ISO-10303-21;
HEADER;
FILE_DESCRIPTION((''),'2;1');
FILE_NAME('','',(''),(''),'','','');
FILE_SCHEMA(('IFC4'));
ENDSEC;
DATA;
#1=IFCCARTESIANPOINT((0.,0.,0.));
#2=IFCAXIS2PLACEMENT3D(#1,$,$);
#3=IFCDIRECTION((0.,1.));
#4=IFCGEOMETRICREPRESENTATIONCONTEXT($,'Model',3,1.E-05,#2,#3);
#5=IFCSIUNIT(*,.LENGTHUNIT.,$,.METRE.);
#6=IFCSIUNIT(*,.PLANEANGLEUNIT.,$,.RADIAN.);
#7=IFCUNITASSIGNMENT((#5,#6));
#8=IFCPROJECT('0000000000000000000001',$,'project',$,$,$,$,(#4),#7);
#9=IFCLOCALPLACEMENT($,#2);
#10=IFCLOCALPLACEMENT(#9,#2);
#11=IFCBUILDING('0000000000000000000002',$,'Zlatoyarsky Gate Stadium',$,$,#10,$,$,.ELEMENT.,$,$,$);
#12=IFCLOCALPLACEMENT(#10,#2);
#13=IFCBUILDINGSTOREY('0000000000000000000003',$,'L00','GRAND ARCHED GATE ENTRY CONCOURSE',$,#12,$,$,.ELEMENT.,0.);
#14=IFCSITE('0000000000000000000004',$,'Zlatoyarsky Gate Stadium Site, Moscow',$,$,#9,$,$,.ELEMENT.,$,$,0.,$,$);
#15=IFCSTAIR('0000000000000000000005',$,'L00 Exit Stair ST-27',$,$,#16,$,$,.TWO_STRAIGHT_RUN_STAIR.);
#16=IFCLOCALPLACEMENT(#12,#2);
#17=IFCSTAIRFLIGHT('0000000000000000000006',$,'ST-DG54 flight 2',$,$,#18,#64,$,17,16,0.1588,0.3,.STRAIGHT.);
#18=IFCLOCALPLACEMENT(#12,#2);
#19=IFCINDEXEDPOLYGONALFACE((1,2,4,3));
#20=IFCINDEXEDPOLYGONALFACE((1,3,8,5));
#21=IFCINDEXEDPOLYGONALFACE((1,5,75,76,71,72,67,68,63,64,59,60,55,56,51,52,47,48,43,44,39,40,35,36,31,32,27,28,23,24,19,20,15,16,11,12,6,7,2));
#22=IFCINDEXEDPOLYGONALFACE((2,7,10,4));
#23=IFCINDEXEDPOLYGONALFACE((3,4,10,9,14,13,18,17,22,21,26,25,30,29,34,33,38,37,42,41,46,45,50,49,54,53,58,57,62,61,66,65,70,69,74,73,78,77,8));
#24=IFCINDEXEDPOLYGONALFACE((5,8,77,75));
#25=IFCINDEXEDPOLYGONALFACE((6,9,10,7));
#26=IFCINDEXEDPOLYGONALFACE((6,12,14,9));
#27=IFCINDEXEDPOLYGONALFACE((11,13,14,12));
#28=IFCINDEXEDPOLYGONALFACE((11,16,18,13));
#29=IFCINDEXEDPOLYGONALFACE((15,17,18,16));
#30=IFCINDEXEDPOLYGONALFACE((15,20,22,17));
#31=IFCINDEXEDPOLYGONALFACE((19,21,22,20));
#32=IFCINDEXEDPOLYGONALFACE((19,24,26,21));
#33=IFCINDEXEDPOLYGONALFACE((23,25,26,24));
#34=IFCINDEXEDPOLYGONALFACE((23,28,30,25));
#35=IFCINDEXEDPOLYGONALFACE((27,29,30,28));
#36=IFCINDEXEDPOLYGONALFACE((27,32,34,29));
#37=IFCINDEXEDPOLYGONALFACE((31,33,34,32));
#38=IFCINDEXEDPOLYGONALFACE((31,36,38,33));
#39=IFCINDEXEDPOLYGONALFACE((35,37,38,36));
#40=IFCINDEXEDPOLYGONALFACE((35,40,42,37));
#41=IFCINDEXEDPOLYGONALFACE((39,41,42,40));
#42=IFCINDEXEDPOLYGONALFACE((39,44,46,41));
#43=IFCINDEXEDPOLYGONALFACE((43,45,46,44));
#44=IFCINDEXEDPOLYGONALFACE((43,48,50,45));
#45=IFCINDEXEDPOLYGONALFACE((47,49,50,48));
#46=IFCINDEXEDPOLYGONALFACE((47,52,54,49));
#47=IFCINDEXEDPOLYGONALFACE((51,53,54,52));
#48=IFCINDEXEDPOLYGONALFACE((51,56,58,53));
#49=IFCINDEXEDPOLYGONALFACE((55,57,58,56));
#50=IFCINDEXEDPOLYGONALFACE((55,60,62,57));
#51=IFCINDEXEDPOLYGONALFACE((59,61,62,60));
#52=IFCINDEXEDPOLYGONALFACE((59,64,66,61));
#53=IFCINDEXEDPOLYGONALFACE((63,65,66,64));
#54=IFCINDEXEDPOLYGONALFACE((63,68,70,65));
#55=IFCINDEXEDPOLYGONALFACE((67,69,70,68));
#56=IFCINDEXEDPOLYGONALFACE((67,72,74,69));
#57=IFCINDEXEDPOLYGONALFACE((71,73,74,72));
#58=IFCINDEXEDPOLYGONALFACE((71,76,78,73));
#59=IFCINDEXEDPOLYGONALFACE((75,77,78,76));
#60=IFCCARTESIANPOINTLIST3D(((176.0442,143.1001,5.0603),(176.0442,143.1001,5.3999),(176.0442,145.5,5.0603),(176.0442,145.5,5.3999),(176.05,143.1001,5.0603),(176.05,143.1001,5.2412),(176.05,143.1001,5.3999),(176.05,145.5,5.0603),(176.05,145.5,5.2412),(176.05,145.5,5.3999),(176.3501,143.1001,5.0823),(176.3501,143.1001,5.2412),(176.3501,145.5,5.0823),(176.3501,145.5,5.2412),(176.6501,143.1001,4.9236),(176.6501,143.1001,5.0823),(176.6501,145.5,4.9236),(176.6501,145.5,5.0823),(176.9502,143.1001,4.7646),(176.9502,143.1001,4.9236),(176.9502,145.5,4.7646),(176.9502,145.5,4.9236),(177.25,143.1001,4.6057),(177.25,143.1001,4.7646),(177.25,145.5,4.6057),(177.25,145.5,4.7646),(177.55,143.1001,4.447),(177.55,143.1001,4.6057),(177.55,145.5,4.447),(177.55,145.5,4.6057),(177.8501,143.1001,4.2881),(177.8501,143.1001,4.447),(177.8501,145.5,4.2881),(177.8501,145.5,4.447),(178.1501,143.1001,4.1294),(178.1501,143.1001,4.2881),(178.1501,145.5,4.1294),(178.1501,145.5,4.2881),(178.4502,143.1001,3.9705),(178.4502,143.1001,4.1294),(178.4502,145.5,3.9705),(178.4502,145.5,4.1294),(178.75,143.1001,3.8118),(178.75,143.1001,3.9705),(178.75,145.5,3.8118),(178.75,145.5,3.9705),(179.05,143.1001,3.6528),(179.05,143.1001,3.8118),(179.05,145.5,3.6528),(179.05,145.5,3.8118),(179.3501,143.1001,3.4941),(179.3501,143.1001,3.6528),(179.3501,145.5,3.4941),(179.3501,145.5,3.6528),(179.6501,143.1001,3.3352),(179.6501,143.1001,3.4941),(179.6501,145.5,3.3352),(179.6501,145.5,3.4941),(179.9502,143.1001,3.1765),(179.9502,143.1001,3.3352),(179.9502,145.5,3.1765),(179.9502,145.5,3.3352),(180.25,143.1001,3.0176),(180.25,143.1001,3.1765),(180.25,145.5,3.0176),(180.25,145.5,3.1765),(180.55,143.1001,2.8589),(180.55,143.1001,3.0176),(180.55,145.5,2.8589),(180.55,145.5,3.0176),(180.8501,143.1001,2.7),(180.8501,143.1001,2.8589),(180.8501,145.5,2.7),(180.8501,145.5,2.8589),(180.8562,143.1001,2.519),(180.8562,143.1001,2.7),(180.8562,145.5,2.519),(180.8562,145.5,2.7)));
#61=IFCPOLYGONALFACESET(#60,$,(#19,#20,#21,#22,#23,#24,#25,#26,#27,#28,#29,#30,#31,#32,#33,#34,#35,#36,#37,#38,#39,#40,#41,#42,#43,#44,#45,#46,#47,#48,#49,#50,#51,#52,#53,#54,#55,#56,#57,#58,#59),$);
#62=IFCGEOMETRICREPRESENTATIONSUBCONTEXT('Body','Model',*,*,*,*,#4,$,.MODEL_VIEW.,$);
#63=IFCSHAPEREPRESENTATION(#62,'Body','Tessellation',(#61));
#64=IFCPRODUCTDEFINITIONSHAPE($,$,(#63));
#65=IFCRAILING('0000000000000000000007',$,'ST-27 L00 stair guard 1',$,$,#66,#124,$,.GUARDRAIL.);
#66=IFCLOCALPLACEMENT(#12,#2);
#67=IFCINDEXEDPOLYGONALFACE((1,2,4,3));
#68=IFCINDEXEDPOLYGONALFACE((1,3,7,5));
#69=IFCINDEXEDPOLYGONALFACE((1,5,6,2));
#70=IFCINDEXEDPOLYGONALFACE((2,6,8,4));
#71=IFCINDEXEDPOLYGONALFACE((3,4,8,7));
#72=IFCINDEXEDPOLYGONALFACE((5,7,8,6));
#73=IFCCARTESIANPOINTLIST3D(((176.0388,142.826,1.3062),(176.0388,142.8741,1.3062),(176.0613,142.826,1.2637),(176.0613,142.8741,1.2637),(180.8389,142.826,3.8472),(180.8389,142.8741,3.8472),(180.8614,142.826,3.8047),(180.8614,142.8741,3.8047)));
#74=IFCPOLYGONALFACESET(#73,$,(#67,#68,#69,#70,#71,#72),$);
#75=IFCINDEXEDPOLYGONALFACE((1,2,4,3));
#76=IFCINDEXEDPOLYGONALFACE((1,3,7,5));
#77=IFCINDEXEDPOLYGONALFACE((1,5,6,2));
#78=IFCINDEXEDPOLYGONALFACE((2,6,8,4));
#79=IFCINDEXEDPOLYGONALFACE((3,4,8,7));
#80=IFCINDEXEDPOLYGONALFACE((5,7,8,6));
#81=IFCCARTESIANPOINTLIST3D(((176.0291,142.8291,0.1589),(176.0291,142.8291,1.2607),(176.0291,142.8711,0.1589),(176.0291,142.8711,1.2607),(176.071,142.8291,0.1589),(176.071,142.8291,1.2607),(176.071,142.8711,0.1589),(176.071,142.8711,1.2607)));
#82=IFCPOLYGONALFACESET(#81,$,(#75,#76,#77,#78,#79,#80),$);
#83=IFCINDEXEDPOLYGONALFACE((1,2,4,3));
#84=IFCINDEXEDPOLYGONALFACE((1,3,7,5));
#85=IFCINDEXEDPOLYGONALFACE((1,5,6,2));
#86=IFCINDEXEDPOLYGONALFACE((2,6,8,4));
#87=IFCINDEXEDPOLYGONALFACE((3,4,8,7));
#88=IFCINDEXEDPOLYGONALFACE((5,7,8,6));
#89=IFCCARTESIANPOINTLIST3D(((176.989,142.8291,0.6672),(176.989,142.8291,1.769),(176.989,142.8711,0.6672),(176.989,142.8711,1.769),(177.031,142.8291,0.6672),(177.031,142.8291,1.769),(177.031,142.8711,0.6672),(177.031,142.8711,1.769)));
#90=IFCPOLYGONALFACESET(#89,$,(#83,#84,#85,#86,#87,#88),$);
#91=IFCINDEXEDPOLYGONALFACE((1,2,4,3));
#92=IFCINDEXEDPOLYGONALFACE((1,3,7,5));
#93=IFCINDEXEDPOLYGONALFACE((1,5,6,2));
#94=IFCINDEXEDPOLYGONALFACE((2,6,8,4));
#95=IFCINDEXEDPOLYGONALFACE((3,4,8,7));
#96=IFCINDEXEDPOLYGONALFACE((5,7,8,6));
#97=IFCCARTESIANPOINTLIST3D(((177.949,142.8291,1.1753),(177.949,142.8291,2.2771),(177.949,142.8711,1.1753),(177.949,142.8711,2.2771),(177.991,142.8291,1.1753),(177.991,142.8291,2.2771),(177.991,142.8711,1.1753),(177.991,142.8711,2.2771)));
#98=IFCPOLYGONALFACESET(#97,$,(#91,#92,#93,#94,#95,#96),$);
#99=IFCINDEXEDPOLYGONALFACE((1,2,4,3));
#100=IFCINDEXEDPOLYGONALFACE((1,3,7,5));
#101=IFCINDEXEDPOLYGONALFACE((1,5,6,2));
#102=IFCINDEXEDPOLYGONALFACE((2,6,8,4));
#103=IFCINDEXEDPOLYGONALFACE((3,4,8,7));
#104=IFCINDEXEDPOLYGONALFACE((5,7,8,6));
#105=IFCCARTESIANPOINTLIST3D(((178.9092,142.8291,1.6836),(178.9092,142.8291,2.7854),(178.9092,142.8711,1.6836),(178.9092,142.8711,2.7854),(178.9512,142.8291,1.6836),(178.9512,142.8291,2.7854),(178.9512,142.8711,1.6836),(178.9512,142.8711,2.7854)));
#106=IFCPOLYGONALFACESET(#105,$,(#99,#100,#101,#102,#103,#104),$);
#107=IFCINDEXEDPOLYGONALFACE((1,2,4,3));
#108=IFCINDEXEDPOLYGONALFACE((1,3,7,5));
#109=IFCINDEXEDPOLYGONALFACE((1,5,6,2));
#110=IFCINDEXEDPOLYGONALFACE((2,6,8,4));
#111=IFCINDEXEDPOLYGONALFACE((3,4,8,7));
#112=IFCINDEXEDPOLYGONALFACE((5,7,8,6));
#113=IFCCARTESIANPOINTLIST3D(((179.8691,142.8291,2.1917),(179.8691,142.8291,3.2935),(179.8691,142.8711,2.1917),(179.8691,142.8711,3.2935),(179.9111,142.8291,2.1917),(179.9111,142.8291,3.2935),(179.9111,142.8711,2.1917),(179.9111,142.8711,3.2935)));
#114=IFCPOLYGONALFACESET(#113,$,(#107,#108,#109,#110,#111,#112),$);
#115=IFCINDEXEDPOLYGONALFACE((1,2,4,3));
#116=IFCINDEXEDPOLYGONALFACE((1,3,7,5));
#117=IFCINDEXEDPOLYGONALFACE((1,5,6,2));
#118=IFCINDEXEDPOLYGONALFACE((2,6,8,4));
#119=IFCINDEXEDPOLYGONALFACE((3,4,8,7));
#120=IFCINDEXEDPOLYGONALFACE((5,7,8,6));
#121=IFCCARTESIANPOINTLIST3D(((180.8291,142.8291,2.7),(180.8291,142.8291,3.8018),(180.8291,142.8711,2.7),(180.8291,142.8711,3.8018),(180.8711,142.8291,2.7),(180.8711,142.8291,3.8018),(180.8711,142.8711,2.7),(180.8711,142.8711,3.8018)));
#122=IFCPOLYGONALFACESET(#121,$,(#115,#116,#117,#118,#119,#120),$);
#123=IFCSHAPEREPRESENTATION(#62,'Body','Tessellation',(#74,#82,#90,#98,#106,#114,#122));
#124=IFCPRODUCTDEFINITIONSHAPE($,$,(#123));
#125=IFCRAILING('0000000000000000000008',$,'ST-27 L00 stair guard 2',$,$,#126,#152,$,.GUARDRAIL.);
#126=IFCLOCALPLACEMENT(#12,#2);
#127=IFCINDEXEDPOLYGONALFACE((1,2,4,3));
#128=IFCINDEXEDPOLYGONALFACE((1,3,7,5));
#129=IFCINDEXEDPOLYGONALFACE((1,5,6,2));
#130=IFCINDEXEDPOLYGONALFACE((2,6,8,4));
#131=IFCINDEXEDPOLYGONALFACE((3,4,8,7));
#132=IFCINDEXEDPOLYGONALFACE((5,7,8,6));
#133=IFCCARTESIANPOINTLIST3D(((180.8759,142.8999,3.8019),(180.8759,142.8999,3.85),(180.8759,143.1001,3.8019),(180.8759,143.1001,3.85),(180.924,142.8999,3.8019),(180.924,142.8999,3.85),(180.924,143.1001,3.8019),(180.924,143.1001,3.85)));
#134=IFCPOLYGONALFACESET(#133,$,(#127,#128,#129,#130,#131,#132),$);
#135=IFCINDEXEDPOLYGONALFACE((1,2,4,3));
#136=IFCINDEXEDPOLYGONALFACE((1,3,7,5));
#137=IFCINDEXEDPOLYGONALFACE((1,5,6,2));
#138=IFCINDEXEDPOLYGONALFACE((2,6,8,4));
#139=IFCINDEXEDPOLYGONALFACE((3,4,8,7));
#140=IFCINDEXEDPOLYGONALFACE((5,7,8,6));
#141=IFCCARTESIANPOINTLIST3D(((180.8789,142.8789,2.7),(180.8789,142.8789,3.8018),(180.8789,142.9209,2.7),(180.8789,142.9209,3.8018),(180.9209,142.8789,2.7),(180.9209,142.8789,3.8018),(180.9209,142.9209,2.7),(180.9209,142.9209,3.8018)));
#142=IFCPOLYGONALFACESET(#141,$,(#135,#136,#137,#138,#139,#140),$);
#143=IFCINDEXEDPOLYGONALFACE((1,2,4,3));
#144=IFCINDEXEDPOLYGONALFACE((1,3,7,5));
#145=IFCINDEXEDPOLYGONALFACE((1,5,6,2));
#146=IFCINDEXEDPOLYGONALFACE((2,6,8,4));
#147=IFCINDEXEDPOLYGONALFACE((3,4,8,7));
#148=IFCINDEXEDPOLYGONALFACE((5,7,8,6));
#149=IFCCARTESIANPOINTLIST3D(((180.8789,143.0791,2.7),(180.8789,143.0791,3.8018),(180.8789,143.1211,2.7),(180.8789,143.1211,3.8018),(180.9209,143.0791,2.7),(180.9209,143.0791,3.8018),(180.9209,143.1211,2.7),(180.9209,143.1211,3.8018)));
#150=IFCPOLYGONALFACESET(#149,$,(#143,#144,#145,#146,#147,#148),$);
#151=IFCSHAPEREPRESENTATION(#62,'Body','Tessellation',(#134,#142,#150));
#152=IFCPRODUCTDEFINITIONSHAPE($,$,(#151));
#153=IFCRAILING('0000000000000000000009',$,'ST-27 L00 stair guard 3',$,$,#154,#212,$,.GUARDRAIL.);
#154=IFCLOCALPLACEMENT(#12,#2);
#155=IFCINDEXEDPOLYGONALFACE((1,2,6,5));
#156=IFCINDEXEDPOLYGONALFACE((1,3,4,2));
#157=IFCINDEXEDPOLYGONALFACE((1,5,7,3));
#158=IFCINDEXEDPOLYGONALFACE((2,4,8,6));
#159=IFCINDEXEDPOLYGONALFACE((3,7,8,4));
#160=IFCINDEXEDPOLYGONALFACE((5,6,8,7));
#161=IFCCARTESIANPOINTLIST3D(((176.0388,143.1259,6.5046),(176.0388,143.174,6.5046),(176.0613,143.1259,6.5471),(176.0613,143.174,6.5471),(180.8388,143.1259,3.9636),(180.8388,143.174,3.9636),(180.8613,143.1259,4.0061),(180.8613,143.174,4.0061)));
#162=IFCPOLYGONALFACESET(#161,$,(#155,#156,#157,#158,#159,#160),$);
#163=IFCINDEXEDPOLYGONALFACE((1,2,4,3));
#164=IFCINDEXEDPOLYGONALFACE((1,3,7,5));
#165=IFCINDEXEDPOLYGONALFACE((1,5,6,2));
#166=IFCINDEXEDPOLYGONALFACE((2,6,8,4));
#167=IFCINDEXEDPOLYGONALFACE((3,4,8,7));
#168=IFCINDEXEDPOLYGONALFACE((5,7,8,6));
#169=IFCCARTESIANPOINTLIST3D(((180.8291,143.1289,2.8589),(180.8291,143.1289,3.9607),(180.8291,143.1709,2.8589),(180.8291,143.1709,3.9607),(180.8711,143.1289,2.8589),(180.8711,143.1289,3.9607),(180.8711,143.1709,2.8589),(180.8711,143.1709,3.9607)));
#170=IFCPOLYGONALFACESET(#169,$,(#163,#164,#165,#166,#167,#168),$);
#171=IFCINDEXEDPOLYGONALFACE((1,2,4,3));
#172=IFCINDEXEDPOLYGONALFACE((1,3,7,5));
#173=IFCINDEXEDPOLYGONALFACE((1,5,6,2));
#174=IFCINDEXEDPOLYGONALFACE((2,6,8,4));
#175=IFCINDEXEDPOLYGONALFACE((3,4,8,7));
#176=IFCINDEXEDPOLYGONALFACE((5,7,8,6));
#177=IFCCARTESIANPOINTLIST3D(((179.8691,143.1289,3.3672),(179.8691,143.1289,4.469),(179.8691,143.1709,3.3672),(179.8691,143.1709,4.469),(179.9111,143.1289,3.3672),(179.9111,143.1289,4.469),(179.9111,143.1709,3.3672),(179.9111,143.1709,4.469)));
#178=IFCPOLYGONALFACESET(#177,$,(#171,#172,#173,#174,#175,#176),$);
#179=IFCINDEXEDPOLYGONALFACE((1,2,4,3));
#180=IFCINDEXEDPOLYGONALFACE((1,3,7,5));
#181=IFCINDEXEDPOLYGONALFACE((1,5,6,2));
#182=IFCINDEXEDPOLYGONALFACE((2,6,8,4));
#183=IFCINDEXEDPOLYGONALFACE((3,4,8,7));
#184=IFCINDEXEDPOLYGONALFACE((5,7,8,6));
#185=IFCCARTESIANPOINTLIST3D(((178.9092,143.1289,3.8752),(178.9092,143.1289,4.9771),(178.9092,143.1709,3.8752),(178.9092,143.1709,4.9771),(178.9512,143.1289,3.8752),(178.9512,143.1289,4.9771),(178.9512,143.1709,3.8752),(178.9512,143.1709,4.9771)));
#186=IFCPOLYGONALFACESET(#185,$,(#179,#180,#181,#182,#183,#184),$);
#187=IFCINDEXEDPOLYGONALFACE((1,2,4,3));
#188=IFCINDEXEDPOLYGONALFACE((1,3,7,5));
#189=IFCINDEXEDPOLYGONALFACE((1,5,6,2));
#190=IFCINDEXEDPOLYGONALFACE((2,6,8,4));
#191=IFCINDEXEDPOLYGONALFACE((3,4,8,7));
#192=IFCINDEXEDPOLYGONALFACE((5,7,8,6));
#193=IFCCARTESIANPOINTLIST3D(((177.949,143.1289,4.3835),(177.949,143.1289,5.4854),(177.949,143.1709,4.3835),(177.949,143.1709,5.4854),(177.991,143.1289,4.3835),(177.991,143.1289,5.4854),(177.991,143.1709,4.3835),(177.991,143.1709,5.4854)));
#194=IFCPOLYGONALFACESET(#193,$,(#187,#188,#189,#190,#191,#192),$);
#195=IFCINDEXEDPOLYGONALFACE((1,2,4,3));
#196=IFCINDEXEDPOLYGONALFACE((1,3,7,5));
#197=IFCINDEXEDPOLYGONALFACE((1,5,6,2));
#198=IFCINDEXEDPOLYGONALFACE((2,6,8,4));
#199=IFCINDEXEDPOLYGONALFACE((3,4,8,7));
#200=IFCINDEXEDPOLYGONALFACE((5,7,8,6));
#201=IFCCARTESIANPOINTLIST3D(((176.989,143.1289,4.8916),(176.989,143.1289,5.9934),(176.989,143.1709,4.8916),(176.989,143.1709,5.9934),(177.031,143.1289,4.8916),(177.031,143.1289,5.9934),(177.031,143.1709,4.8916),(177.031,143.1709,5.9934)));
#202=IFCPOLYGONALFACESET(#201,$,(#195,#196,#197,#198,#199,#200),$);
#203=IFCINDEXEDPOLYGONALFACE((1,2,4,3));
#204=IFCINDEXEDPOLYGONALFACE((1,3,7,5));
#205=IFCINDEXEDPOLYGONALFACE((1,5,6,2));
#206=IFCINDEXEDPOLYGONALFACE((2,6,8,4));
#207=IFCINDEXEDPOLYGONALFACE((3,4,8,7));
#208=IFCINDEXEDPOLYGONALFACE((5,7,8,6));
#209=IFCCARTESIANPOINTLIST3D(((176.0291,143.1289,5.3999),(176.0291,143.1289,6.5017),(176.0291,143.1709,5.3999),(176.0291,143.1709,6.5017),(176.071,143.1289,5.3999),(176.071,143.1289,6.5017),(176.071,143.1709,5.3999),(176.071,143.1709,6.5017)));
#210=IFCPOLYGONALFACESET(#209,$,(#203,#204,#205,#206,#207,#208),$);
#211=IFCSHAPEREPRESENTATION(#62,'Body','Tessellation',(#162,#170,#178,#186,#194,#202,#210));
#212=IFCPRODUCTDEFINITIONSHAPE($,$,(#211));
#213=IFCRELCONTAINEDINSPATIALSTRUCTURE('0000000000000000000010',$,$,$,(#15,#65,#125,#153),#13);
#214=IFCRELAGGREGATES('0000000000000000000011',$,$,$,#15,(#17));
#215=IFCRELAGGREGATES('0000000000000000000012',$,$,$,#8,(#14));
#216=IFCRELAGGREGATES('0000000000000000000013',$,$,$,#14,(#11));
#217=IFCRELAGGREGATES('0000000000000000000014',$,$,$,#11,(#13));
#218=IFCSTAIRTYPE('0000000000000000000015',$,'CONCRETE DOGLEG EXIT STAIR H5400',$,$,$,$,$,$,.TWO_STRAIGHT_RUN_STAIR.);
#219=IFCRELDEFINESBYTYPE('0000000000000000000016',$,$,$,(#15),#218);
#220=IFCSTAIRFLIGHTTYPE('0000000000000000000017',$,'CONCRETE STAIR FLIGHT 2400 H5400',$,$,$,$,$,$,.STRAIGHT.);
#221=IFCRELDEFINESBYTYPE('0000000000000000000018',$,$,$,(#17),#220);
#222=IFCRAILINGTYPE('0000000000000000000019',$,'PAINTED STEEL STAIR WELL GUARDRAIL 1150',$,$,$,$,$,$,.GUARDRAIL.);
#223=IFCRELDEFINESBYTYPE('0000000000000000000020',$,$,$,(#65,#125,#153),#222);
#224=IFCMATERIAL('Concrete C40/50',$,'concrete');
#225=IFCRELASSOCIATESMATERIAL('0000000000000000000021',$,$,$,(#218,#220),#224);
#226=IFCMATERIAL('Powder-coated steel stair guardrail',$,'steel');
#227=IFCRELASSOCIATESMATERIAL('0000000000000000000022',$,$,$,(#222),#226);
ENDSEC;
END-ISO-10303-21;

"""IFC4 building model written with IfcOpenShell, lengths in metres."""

from ifc_helpers import new_model, si_unit, direction, frame, origin, origin_2d, place, context, subcontext, project, spatial, polyline, rectangle, outline, extrude, material, type_object, element, aggregate, save


model = new_model("IFC4")

# Units and contexts
model_context = context("Model", 3, precision=1e-05, world=origin(), true_north=direction((0.0, 1.0)))
body_context = subcontext(model_context, "Body", "Model", "MODEL_VIEW")
ifc_project = project(units=[si_unit("LENGTHUNIT", "METRE"), si_unit("PLANEANGLEUNIT", "RADIAN")], contexts=[model_context])

# Site, building, storey
site_placement = place(None, origin())
site = spatial("IfcSite", under=ifc_project, at=site_placement, Name="Zlatoyarsky Gate Stadium Site, Moscow", CompositionType="ELEMENT", RefElevation=0.0)
building_placement = place(site_placement, origin())
building = spatial("IfcBuilding", under=site, at=building_placement, Name="Zlatoyarsky Gate Stadium", CompositionType="ELEMENT")
storey_placement = place(building_placement, origin())
storey = spatial("IfcBuildingStorey", under=building, at=storey_placement, Name="L00", Description="GRAND ARCHED GATE ENTRY CONCOURSE", CompositionType="ELEMENT", Elevation=0.0)

# Shared definitions
ifc_material_1 = material(Name="Concrete C40/50", Category="concrete")

# Stair, stair flight
stair_type = type_object("IfcStairType", Name="CONCRETE DOGLEG EXIT STAIR H5400", PredefinedType="TWO_STRAIGHT_RUN_STAIR", material=ifc_material_1)
stair_placement = place(storey_placement, origin())
stair = element("IfcStair", 1, at=stair_placement, inside=storey, type_object=stair_type, Name="L00 Exit Stair ST-27", PredefinedType="TWO_STRAIGHT_RUN_STAIR")
stair_flight_type = type_object("IfcStairFlightType", Name="CONCRETE STAIR FLIGHT 2400 H5400", PredefinedType="STRAIGHT", material=ifc_material_1)
stair_flight_1_placement = place(storey_placement, frame((180.8501, 144.3, 2.7), z_axis=(0.0, 0.0, 1.0), x_axis=(-1.0, 0.0, 0.0)))
stair_flight_1 = element("IfcStairFlight", 2, at=stair_flight_1_placement, type_object=stair_flight_type, Name="ST-DG54 flight 2", NumberOfRisers=17, NumberOfTreads=16, PredefinedType="STRAIGHT", RiserHeight=0.1588, TreadLength=0.3, context=body_context, shape_type="SweptSolid", body=[
    extrude(outline(polyline([(-0.0061, -0.1809), (-0.0061, 0.0), (0.0, 0.0), (0.0, 0.1589), (0.3, 0.1589), (0.3, 0.3176), (0.6001, 0.3176), (0.6001, 0.4766), (0.8999, 0.4766), (0.8999, 0.6353), (1.2, 0.6353), (1.2, 0.7942), (1.5, 0.7942), (1.5, 0.9529), (1.8, 0.9529), (1.8, 1.1118), (2.1001, 1.1118), (2.1001, 1.2705), (2.3999, 1.2705), (2.3999, 1.4294), (2.7, 1.4294), (2.7, 1.5881), (3.0, 1.5881), (3.0, 1.7471), (3.3, 1.7471), (3.3, 1.9058), (3.6001, 1.9058), (3.6001, 2.0647), (3.8999, 2.0647), (3.8999, 2.2236), (4.2, 2.2236), (4.2, 2.3823), (4.5, 2.3823), (4.5, 2.5413), (4.8, 2.5413), (4.8, 2.7), (4.8059, 2.7), (4.8059, 2.3604), (4.8, 2.3604), (-0.0061, -0.1809)])), frame((0.0, 1.2, 0.0), z_axis=(0.0, -1.0, 0.0), x_axis=(1.0, 0.0, 0.0)), (0.0, 0.0, 1.0), 2.3999),
])
aggregate(stair, [stair_flight_1])

# Railings
ifc_material_2 = material(Name="Powder-coated steel stair guardrail", Category="steel")
railing_type_1 = type_object("IfcRailingType", Name="PAINTED STEEL STAIR WELL GUARDRAIL 1150", PredefinedType="GUARDRAIL", material=ifc_material_2)
railing_1_placement = place(storey_placement, frame((176.05, 142.8501, 0.1589)))
element("IfcRailing", 3, at=railing_1_placement, inside=storey, type_object=railing_type_1, Name="ST-27 L00 stair guard 1", PredefinedType="GUARDRAIL", context=body_context, shape_type="SweptSolid", body=[
    extrude(rectangle(XDim=0.0481, YDim=0.0481, at=origin_2d()), frame((0.0, 0.0, 1.126), z_axis=(0.883802, 0.0, 0.467861), x_axis=(0.0, 1.0, 0.0)), (0.0, 0.0, 1.0), 5.4312),
    extrude(rectangle(XDim=0.042, YDim=0.042, at=origin_2d()), origin(), (0.0, 0.0, 1.0), 1.1018),
    extrude(rectangle(XDim=0.042, YDim=0.042, at=origin_2d()), frame((0.96, 0.0, 0.5083)), (0.0, 0.0, 1.0), 1.1018),
    extrude(rectangle(XDim=0.042, YDim=0.042, at=origin_2d()), frame((1.9199, 0.0, 1.0164)), (0.0, 0.0, 1.0), 1.1018),
    extrude(rectangle(XDim=0.042, YDim=0.042, at=origin_2d()), frame((2.8801, 0.0, 1.5247)), (0.0, 0.0, 1.0), 1.1018),
    extrude(rectangle(XDim=0.042, YDim=0.042, at=origin_2d()), frame((3.8401, 0.0, 2.0327)), (0.0, 0.0, 1.0), 1.1018),
    extrude(rectangle(XDim=0.042, YDim=0.042, at=origin_2d()), frame((4.8, 0.0, 2.541)), (0.0, 0.0, 1.0), 1.1018),
])
railing_2_placement = place(storey_placement, frame((180.8999, 142.8999, 2.7)))
element("IfcRailing", 4, at=railing_2_placement, inside=storey, type_object=railing_type_1, Name="ST-27 L00 stair guard 2", PredefinedType="GUARDRAIL", context=body_context, shape_type="SweptSolid", body=[
    extrude(rectangle(XDim=0.0481, YDim=0.0481, at=origin_2d()), frame((0.0, 0.0, 1.126), z_axis=(0.0, 1.0, 0.0), x_axis=(-1.0, 0.0, 0.0)), (0.0, 0.0, 1.0), 0.2002),
    extrude(rectangle(XDim=0.042, YDim=0.042, at=origin_2d()), origin(), (0.0, 0.0, 1.0), 1.1018),
    extrude(rectangle(XDim=0.042, YDim=0.042, at=origin_2d()), frame((0.0, 0.2002, 0.0)), (0.0, 0.0, 1.0), 1.1018),
])
railing_3_placement = place(storey_placement, frame((180.8501, 143.1499, 2.8589)))
element("IfcRailing", 5, at=railing_3_placement, inside=storey, type_object=railing_type_1, Name="ST-27 L00 stair guard 3", PredefinedType="GUARDRAIL", context=body_context, shape_type="SweptSolid", body=[
    extrude(rectangle(XDim=0.0481, YDim=0.0481, at=origin_2d()), frame((0.0, 0.0, 1.126), z_axis=(-0.883802, 0.0, 0.467861), x_axis=(0.0, -1.0, 0.0)), (0.0, 0.0, 1.0), 5.4312),
    extrude(rectangle(XDim=0.042, YDim=0.042, at=origin_2d()), origin(), (0.0, 0.0, 1.0), 1.1018),
    extrude(rectangle(XDim=0.042, YDim=0.042, at=origin_2d()), frame((-0.96, 0.0, 0.5083)), (0.0, 0.0, 1.0), 1.1018),
    extrude(rectangle(XDim=0.042, YDim=0.042, at=origin_2d()), frame((-1.9199, 0.0, 1.0164)), (0.0, 0.0, 1.0), 1.1018),
    extrude(rectangle(XDim=0.042, YDim=0.042, at=origin_2d()), frame((-2.8801, 0.0, 1.5247)), (0.0, 0.0, 1.0), 1.1018),
    extrude(rectangle(XDim=0.042, YDim=0.042, at=origin_2d()), frame((-3.8401, 0.0, 2.0327)), (0.0, 0.0, 1.0), 1.1018),
    extrude(rectangle(XDim=0.042, YDim=0.042, at=origin_2d()), frame((-4.8, 0.0, 2.541)), (0.0, 0.0, 1.0), 1.1018),
])

save(model, "model.ifc")
